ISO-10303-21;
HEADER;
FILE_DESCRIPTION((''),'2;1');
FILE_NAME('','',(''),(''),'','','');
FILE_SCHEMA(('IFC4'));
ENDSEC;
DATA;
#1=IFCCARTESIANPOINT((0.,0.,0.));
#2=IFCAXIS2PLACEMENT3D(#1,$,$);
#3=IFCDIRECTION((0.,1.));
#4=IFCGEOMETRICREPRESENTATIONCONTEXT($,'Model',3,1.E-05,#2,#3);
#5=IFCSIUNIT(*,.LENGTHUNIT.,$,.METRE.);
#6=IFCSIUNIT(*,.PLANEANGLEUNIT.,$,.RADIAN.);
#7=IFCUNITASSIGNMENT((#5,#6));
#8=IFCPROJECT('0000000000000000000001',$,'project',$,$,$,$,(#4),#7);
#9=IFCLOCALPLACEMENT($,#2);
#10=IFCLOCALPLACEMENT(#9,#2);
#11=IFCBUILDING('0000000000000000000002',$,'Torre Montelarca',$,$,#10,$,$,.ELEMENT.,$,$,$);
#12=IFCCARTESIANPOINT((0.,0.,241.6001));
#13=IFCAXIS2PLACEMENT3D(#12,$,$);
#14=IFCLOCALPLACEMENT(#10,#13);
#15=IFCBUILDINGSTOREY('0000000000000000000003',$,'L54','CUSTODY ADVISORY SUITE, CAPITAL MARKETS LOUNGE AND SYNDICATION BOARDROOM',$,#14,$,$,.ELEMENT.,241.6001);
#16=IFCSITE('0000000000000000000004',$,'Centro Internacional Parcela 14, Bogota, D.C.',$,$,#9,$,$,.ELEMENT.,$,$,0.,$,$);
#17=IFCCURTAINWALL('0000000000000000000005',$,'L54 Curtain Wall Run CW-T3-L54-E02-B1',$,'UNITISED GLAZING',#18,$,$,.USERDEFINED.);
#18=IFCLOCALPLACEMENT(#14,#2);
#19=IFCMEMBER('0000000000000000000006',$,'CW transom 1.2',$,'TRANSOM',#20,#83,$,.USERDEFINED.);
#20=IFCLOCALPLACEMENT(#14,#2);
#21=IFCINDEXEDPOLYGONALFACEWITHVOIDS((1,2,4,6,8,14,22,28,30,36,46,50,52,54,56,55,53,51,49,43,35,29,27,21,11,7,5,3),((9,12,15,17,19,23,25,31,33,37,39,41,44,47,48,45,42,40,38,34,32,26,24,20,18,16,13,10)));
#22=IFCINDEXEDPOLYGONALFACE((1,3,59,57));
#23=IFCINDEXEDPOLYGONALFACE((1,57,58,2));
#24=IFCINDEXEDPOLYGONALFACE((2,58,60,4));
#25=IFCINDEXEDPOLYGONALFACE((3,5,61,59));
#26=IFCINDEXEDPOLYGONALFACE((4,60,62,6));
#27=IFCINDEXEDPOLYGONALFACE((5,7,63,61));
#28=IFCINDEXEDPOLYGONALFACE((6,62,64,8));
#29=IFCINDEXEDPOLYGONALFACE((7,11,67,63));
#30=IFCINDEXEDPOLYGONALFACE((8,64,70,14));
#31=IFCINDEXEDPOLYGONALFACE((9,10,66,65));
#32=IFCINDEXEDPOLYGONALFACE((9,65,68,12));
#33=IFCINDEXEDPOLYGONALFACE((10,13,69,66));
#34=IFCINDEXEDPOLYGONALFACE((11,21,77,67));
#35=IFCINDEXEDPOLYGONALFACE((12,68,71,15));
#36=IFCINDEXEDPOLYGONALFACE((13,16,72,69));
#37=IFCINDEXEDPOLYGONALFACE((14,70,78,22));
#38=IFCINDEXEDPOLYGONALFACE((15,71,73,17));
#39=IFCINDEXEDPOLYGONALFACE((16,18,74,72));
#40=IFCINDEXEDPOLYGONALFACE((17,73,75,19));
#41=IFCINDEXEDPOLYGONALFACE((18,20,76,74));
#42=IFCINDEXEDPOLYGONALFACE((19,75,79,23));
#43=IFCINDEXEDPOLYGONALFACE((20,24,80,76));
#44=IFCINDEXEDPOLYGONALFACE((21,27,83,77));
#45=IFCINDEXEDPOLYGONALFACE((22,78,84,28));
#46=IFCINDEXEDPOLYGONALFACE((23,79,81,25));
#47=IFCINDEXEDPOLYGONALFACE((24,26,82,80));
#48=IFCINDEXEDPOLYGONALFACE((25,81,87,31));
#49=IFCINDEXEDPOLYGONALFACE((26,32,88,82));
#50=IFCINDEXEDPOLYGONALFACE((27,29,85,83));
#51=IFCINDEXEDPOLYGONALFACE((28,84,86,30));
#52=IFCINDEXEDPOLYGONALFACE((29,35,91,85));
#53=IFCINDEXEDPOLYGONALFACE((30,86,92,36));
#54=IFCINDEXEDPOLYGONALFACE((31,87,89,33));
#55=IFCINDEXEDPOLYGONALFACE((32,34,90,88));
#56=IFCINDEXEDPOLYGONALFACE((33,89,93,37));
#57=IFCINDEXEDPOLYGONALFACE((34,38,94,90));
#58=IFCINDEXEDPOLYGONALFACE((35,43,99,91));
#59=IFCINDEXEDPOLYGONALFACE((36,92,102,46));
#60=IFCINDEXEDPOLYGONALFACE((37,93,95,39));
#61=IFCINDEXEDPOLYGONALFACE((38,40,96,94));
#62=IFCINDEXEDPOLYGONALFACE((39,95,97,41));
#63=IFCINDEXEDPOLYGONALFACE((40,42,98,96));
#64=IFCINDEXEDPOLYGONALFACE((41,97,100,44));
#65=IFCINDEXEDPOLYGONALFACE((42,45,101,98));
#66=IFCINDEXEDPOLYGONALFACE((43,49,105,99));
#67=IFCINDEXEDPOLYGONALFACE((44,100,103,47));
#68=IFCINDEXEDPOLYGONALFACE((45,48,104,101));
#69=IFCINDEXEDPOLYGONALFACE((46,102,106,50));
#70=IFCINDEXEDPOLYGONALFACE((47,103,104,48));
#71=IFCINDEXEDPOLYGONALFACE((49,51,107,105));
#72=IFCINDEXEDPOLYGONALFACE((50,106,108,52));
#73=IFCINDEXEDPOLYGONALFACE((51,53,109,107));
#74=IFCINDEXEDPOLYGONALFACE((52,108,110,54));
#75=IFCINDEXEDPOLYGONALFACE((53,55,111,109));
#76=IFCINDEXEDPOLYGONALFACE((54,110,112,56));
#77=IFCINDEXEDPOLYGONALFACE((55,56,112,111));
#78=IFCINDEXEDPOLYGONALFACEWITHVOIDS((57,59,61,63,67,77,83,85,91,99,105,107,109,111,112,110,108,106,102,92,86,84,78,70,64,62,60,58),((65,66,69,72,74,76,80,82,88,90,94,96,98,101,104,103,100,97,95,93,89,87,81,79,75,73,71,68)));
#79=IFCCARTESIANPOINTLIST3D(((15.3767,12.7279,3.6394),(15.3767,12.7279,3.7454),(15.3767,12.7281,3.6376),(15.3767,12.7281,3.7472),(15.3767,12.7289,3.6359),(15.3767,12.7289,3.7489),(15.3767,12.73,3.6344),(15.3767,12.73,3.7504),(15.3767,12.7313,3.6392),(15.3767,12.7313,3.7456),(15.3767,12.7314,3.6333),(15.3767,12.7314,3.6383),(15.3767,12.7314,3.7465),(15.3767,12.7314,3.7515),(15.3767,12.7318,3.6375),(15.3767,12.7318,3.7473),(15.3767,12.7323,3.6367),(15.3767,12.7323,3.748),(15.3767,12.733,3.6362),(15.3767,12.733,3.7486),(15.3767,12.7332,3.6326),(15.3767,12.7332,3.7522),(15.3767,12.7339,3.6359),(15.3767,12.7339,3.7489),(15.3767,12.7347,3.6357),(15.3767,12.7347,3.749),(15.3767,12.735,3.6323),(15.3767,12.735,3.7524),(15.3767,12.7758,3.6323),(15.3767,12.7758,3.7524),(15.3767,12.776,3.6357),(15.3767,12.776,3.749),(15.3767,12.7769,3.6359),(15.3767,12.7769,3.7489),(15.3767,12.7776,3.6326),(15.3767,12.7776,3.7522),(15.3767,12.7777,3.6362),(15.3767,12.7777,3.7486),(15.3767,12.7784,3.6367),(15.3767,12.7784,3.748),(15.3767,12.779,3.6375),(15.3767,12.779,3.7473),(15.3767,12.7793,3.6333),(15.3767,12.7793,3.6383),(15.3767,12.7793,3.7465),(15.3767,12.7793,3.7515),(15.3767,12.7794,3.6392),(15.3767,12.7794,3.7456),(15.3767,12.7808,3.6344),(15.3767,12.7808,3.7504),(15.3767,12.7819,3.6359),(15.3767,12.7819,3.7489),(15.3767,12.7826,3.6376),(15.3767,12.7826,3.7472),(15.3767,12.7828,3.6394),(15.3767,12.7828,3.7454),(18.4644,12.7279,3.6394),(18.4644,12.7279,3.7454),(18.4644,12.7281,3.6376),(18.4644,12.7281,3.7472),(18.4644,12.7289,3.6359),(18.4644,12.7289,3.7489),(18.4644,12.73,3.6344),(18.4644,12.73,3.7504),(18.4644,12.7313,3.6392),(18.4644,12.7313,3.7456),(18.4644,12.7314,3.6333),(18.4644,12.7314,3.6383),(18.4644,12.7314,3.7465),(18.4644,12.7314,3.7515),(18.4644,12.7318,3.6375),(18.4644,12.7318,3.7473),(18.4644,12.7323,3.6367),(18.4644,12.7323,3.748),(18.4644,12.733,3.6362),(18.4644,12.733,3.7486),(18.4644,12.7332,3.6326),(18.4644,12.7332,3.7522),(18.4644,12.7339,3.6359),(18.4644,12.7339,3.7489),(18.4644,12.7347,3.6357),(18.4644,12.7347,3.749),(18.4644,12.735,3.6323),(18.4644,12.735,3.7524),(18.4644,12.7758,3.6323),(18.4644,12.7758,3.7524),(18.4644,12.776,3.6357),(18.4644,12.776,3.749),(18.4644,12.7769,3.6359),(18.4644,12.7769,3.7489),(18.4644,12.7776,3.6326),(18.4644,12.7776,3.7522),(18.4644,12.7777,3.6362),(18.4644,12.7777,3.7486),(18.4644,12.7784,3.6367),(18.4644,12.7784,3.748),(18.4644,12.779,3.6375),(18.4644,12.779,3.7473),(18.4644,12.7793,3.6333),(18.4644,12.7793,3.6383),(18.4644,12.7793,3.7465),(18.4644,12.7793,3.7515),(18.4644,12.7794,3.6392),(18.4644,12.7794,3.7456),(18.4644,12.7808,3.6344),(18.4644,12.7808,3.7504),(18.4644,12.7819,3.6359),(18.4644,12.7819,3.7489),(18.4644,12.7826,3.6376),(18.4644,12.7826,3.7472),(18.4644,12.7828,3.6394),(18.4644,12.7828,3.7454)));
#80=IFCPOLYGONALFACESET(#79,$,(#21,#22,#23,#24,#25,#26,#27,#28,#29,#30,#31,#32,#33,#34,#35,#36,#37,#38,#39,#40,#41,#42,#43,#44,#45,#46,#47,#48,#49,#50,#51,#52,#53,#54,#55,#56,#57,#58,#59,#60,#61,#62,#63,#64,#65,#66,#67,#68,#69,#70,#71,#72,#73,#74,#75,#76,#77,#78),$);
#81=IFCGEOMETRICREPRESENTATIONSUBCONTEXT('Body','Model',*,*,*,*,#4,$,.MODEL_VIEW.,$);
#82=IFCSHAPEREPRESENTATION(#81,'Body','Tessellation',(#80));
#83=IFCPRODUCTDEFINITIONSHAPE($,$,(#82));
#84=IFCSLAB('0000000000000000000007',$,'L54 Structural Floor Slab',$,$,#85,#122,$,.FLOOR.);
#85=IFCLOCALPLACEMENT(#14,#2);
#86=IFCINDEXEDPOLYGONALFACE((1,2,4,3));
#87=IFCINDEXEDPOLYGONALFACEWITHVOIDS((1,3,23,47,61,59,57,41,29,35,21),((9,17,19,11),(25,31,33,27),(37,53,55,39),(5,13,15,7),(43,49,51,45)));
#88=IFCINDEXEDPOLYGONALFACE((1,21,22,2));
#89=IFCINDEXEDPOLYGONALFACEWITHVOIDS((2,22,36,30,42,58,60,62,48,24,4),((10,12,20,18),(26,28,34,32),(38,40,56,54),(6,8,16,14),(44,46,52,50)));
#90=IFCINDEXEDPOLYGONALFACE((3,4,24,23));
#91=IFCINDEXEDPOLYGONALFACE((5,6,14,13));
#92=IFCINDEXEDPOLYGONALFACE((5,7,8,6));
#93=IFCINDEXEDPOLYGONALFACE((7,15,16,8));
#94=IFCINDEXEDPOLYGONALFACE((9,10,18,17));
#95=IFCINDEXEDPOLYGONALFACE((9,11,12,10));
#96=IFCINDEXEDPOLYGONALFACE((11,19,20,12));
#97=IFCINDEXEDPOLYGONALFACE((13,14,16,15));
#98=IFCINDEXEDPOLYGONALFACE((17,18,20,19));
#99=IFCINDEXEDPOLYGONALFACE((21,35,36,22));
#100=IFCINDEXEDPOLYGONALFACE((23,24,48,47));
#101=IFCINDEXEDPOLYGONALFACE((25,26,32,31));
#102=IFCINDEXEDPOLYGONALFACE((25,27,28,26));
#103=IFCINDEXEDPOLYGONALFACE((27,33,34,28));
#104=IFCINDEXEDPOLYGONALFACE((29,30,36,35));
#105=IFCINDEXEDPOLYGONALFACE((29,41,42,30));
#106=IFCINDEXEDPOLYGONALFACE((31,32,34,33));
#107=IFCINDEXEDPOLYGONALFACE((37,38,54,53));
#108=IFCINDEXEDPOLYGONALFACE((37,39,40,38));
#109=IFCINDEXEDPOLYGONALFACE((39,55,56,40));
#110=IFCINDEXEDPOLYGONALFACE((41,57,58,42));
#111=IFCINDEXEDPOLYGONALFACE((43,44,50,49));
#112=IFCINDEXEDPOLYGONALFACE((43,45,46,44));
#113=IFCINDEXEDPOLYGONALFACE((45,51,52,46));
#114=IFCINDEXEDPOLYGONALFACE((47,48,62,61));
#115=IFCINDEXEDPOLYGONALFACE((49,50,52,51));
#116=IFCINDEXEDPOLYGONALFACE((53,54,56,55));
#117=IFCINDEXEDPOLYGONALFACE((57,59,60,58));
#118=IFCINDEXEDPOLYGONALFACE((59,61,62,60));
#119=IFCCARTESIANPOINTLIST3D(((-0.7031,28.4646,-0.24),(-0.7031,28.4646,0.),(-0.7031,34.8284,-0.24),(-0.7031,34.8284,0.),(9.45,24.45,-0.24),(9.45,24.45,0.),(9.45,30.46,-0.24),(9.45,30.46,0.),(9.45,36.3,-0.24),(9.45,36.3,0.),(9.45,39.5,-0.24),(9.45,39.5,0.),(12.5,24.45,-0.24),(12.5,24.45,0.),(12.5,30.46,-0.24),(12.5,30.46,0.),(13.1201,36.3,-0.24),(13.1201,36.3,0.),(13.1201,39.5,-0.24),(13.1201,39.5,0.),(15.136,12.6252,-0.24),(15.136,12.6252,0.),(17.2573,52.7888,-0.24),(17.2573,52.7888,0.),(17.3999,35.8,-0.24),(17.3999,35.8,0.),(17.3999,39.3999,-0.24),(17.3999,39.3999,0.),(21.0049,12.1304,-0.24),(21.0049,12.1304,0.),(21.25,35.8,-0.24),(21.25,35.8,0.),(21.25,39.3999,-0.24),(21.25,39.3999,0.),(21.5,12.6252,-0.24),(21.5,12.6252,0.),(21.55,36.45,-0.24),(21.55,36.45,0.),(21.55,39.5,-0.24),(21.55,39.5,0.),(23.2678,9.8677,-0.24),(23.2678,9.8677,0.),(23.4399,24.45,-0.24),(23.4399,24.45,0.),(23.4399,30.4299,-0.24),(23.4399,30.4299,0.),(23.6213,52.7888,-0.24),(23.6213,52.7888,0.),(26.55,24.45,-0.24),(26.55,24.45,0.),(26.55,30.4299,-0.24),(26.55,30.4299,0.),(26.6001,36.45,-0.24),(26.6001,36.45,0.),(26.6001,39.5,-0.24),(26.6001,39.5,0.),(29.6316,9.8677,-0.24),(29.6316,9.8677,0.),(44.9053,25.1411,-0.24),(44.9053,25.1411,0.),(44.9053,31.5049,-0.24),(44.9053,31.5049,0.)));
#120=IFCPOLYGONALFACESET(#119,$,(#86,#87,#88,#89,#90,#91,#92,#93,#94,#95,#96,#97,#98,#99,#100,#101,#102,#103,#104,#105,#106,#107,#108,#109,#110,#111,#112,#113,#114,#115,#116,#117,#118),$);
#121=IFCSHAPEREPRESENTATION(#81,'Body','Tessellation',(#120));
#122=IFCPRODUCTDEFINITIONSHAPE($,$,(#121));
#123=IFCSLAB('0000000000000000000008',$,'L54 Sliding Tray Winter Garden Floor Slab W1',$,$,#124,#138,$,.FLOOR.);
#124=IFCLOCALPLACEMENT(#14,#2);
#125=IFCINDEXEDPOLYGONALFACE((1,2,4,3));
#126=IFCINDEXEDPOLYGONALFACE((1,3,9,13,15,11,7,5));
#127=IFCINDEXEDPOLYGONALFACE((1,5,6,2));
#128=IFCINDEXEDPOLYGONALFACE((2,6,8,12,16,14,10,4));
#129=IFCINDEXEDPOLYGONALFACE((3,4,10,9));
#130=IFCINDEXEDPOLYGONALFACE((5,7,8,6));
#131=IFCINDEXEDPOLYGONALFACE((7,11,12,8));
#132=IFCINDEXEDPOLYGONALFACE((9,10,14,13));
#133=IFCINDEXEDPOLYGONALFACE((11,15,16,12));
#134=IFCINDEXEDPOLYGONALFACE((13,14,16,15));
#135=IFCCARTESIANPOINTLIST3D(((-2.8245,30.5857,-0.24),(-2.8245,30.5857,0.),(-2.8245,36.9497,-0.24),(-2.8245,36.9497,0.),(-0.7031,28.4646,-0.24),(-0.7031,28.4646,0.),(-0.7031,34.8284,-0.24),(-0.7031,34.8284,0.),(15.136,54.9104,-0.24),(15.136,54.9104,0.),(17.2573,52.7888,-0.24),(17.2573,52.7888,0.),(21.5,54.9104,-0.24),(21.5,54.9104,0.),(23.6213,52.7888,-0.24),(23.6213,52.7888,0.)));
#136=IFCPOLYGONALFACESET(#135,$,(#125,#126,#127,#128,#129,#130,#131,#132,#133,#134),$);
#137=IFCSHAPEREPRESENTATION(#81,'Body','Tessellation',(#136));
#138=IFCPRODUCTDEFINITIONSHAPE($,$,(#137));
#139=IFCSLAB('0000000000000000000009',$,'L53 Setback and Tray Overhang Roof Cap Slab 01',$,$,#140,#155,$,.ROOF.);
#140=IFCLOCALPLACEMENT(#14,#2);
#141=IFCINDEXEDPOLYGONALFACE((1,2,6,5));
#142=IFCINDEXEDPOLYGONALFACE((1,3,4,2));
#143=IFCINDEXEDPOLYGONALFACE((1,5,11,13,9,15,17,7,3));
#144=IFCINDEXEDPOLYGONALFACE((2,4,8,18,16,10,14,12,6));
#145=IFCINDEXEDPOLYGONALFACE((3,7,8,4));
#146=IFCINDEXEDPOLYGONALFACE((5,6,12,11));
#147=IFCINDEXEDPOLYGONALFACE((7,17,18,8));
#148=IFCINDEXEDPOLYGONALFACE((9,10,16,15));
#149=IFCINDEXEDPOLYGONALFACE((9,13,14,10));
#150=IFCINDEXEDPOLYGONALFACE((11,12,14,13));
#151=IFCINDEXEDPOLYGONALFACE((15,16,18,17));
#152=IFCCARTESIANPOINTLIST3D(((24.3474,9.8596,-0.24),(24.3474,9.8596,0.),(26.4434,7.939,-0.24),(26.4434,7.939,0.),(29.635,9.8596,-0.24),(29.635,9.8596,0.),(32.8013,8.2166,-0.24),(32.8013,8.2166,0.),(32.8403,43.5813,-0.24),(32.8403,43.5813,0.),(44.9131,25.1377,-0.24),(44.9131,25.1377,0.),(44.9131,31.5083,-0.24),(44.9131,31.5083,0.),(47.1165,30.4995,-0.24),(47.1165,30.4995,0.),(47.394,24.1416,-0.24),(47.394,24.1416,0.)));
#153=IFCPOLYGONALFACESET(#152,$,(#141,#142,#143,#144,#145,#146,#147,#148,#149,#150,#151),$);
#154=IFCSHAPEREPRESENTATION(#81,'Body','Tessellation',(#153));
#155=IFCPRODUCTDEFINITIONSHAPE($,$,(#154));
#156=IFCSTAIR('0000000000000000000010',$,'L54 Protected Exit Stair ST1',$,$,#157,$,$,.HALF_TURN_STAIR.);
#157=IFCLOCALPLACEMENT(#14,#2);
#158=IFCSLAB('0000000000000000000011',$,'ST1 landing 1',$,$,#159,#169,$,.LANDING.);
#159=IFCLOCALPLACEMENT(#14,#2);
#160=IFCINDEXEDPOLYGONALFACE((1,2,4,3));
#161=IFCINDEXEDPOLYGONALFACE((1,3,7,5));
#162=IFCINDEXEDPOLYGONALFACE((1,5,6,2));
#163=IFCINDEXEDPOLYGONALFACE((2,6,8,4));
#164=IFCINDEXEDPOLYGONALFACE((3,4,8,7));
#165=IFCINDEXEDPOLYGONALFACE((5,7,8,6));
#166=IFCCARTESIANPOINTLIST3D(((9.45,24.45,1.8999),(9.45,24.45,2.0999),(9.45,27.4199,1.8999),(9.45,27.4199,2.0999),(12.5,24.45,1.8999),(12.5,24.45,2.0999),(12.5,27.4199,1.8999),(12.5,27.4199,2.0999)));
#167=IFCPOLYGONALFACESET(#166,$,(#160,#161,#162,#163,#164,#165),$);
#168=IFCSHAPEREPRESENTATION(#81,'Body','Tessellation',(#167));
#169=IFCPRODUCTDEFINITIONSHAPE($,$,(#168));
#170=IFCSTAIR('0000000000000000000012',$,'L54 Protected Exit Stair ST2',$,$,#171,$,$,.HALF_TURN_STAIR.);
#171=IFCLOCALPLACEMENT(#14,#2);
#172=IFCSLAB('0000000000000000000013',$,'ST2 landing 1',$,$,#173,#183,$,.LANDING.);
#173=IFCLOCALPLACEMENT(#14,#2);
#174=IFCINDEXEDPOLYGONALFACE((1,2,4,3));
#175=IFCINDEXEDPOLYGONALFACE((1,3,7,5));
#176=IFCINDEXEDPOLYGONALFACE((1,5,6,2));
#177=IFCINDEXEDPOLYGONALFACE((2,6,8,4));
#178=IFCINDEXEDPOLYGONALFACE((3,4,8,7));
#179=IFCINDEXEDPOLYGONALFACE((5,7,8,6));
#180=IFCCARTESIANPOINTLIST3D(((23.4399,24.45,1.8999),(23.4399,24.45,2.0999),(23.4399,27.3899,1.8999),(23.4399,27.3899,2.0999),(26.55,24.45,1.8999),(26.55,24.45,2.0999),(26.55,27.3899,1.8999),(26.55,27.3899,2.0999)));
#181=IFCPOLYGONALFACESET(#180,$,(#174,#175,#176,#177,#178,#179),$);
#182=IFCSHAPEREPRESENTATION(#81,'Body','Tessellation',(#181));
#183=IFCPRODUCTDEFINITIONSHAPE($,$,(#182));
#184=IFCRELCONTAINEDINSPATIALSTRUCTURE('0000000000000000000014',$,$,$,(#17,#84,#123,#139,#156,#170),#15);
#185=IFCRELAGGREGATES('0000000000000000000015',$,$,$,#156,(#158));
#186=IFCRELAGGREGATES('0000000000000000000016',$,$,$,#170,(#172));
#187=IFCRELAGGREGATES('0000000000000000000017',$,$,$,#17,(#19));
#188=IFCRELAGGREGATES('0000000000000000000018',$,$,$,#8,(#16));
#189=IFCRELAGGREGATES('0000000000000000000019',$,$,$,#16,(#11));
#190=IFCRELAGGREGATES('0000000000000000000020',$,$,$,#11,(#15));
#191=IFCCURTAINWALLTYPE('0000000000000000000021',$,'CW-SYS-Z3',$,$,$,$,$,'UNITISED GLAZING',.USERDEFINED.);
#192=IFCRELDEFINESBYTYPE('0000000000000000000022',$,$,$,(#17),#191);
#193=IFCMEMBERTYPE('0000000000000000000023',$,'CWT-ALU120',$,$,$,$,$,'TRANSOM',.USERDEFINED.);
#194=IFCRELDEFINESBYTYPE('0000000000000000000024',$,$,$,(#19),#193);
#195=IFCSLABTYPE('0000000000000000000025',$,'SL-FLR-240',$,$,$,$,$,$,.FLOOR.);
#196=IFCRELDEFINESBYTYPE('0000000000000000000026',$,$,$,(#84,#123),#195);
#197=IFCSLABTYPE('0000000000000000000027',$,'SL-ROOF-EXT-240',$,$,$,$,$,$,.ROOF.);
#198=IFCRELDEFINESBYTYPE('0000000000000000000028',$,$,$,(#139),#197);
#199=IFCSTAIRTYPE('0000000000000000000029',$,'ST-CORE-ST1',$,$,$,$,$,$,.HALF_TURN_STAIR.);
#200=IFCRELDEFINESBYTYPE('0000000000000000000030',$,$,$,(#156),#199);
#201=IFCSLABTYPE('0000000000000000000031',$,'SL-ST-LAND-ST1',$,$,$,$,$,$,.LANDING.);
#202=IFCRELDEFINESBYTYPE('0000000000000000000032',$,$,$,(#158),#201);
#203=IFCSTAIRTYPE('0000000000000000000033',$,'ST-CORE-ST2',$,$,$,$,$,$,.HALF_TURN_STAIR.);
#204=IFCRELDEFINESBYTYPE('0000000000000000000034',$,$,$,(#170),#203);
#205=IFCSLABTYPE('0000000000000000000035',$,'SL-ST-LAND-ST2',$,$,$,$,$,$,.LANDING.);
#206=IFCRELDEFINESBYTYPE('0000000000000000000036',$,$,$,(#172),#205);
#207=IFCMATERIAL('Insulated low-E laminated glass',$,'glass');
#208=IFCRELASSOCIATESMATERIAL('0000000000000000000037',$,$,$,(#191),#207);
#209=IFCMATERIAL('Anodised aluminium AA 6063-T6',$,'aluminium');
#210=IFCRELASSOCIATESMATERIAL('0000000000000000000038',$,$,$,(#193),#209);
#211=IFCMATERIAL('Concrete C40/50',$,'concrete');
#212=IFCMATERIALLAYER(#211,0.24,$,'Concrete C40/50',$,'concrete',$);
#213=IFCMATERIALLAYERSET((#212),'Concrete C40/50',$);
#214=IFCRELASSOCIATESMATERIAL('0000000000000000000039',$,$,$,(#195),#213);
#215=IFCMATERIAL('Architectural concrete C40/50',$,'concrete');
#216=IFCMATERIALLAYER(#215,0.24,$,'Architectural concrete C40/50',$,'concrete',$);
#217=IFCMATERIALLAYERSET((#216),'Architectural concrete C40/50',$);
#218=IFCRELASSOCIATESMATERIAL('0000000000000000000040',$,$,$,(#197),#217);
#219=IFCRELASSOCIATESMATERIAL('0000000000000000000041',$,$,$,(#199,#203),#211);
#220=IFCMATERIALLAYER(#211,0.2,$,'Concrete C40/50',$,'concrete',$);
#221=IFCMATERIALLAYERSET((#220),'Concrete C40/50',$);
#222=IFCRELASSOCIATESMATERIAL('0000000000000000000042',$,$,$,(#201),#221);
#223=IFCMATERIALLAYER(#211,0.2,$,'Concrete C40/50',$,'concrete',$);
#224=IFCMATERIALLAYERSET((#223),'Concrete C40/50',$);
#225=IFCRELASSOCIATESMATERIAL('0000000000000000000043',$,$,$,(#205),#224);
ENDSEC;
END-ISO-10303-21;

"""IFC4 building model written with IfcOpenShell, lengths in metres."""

from ifc_helpers import new_model, si_unit, direction, frame, origin, origin_2d, place, context, subcontext, project, spatial, polyline, hollow_rectangle, outline, extrude, source, transform, mapped, material, layer, layer_set, material_profile, profile_set, type_object, element, aggregate, save


model = new_model("IFC4")

# Units and contexts
model_context = context("Model", 3, precision=1e-05, world=origin(), true_north=direction((0.0, 1.0)))
body_context = subcontext(model_context, "Body", "Model", "MODEL_VIEW")
ifc_project = project(units=[si_unit("LENGTHUNIT", "METRE"), si_unit("PLANEANGLEUNIT", "RADIAN")], contexts=[model_context])

# Site, building, storey
site_placement = place(None, origin())
site = spatial("IfcSite", under=ifc_project, at=site_placement, Name="Centro Internacional Parcela 14, Bogota, D.C.", CompositionType="ELEMENT", RefElevation=0.0)
building_placement = place(site_placement, origin())
building = spatial("IfcBuilding", under=site, at=building_placement, Name="Torre Montelarca", CompositionType="ELEMENT")
storey_placement = place(building_placement, frame((0.0, 0.0, 241.6001)))
storey = spatial("IfcBuildingStorey", under=building, at=storey_placement, Name="L54", Description="CUSTODY ADVISORY SUITE, CAPITAL MARKETS LOUNGE AND SYNDICATION BOARDROOM", CompositionType="ELEMENT", Elevation=241.6001)

# Curtain wall
ifc_material_1 = material(Name="Insulated low-E laminated glass", Category="glass")
curtain_wall_type = type_object("IfcCurtainWallType", Name="CW-SYS-Z3", ElementType="UNITISED GLAZING", PredefinedType="USERDEFINED", material=ifc_material_1)
curtain_wall_1_placement = place(storey_placement, origin())
curtain_wall_1 = element("IfcCurtainWall", 1, at=curtain_wall_1_placement, inside=storey, type_object=curtain_wall_type, Name="L54 Curtain Wall Run CW-T3-L54-E02-B1", ObjectType="UNITISED GLAZING", PredefinedType="USERDEFINED")
ifc_material_2 = material(Name="Anodised aluminium AA 6063-T6", Category="aluminium")
ifc_material_profile_1 = material_profile(ifc_material_2, hollow_rectangle(XDim=0.0549, YDim=0.1201, WallThickness=0.0034, InnerFilletRadius=0.0034, OuterFilletRadius=0.0071, at=origin_2d()), Name="ALU55X120X3.5", Category="aluminium")
ifc_profile_set_1 = profile_set([ifc_material_profile_1], Name="Anodised aluminium AA 6063-T6")
member_type_1 = type_object("IfcMemberType", Name="CWT-ALU120", ElementType="TRANSOM", PredefinedType="USERDEFINED", material=ifc_profile_set_1)

# Member
shared_shape_1 = source(origin(), body_context, "Body", "SweptSolid", [
    extrude(hollow_rectangle(XDim=0.0549, YDim=0.1201, WallThickness=0.0034, InnerFilletRadius=0.0034, OuterFilletRadius=0.0071, at=origin_2d()), origin(), (0.0, 0.0, 1.0), 3.0876),
])
member_1_placement = place(storey_placement, frame((15.3767, 12.7554, 3.6924), z_axis=(1.0, 0.0, 0.0), x_axis=(0.0, 1.0, 0.0)))
member_1 = element("IfcMember", 2, at=member_1_placement, type_object=member_type_1, Name="CW transom 1.2", ObjectType="TRANSOM", PredefinedType="USERDEFINED", context=body_context, shape_type="MappedRepresentation", body=[
    mapped(shared_shape_1, transform((0.0, 0.0, 0.0), scale=1.0)),
])

# Slabs
ifc_material_3 = material(Name="Concrete C40/50", Category="concrete")
ifc_layer_1 = layer(ifc_material_3, 0.24, Name="Concrete C40/50", Category="concrete")
ifc_layer_set_1 = layer_set([ifc_layer_1], Name="Concrete C40/50")
slab_type_1 = type_object("IfcSlabType", Name="SL-FLR-240", PredefinedType="FLOOR", material=ifc_layer_set_1)
slab_1_placement = place(storey_placement, frame((0.0, 0.0, -0.24)))
element("IfcSlab", 3, at=slab_1_placement, inside=storey, type_object=slab_type_1, Name="L54 Structural Floor Slab", PredefinedType="FLOOR", context=body_context, shape_type="SweptSolid", body=[
    extrude(outline(polyline([(15.136, 12.6252), (21.5, 12.6252), (21.0049, 12.1304), (23.2678, 9.8677), (29.6316, 9.8677), (44.9053, 25.1411), (44.9053, 31.5049), (23.6213, 52.7888), (17.2573, 52.7888), (-0.7031, 34.8284), (-0.7031, 28.4646), (15.136, 12.6252)]), holes=[polyline([(26.55, 24.45), (23.4399, 24.45), (23.4399, 30.4299), (26.55, 30.4299), (26.55, 24.45)]), polyline([(12.5, 24.45), (9.45, 24.45), (9.45, 30.46), (12.5, 30.46), (12.5, 24.45)]), polyline([(21.25, 39.3999), (21.25, 35.8), (17.3999, 35.8), (17.3999, 39.3999), (21.25, 39.3999)]), polyline([(13.1201, 36.3), (9.45, 36.3), (9.45, 39.5), (13.1201, 39.5), (13.1201, 36.3)]), polyline([(26.6001, 36.45), (21.55, 36.45), (21.55, 39.5), (26.6001, 39.5), (26.6001, 36.45)])]), origin(), (0.0, 0.0, 1.0), 0.24),
])
slab_2_placement = place(storey_placement, frame((0.0, 0.0, -0.24)))
element("IfcSlab", 4, at=slab_2_placement, inside=storey, type_object=slab_type_1, Name="L54 Sliding Tray Winter Garden Floor Slab W1", PredefinedType="FLOOR", context=body_context, shape_type="SweptSolid", body=[
    extrude(outline(polyline([(-0.7031, 28.4646), (-0.7031, 34.8284), (17.2573, 52.7888), (23.6213, 52.7888), (21.5, 54.9104), (15.136, 54.9104), (-2.8245, 36.9497), (-2.8245, 30.5857), (-0.7031, 28.4646)])), origin(), (0.0, 0.0, 1.0), 0.24),
])
ifc_material_4 = material(Name="Architectural concrete C40/50", Category="concrete")
ifc_layer_2 = layer(ifc_material_4, 0.24, Name="Architectural concrete C40/50", Category="concrete")
ifc_layer_set_2 = layer_set([ifc_layer_2], Name="Architectural concrete C40/50")
slab_type_2 = type_object("IfcSlabType", Name="SL-ROOF-EXT-240", PredefinedType="ROOF", material=ifc_layer_set_2)
slab_3_placement = place(storey_placement, frame((0.0, 0.0, -0.24)))
element("IfcSlab", 5, at=slab_3_placement, inside=storey, type_object=slab_type_2, Name="L53 Setback and Tray Overhang Roof Cap Slab 01", PredefinedType="ROOF", context=body_context, shape_type="SweptSolid", body=[
    extrude(outline(polyline([(44.9131, 31.5083), (44.9131, 25.1377), (29.635, 9.8596), (24.3474, 9.8596), (26.4434, 7.939), (32.8013, 8.2166), (47.394, 24.1416), (47.1165, 30.4995), (32.8403, 43.5813), (44.9131, 31.5083)])), origin(), (0.0, 0.0, 1.0), 0.24),
])

# Stairs, slabs
stair_type_1 = type_object("IfcStairType", Name="ST-CORE-ST1", PredefinedType="HALF_TURN_STAIR", material=ifc_material_3)
stair_1_placement = place(storey_placement, origin())
stair_1 = element("IfcStair", 6, at=stair_1_placement, inside=storey, type_object=stair_type_1, Name="L54 Protected Exit Stair ST1", PredefinedType="HALF_TURN_STAIR")
ifc_layer_3 = layer(ifc_material_3, 0.2, Name="Concrete C40/50", Category="concrete")
ifc_layer_set_3 = layer_set([ifc_layer_3], Name="Concrete C40/50")
slab_type_3 = type_object("IfcSlabType", Name="SL-ST-LAND-ST1", PredefinedType="LANDING", material=ifc_layer_set_3)
slab_4_placement = place(storey_placement, frame((0.0, 0.0, 1.8999)))
slab_4 = element("IfcSlab", 7, at=slab_4_placement, type_object=slab_type_3, Name="ST1 landing 1", PredefinedType="LANDING", context=body_context, shape_type="SweptSolid", body=[
    extrude(outline(polyline([(9.45, 27.4199), (9.45, 24.45), (12.5, 24.45), (12.5, 27.4199), (9.45, 27.4199)])), origin(), (0.0, 0.0, 1.0), 0.2),
])
aggregate(stair_1, [slab_4])
stair_type_2 = type_object("IfcStairType", Name="ST-CORE-ST2", PredefinedType="HALF_TURN_STAIR", material=ifc_material_3)
stair_2_placement = place(storey_placement, origin())
stair_2 = element("IfcStair", 8, at=stair_2_placement, inside=storey, type_object=stair_type_2, Name="L54 Protected Exit Stair ST2", PredefinedType="HALF_TURN_STAIR")
ifc_layer_4 = layer(ifc_material_3, 0.2, Name="Concrete C40/50", Category="concrete")
ifc_layer_set_4 = layer_set([ifc_layer_4], Name="Concrete C40/50")
slab_type_4 = type_object("IfcSlabType", Name="SL-ST-LAND-ST2", PredefinedType="LANDING", material=ifc_layer_set_4)
slab_5_placement = place(storey_placement, frame((0.0, 0.0, 1.8999)))
slab_5 = element("IfcSlab", 9, at=slab_5_placement, type_object=slab_type_4, Name="ST2 landing 1", PredefinedType="LANDING", context=body_context, shape_type="SweptSolid", body=[
    extrude(outline(polyline([(23.4399, 27.3899), (23.4399, 24.45), (26.55, 24.45), (26.55, 27.3899), (23.4399, 27.3899)])), origin(), (0.0, 0.0, 1.0), 0.2),
])
aggregate(stair_2, [slab_5])

aggregate(curtain_wall_1, [member_1])

save(model, "model.ifc")
